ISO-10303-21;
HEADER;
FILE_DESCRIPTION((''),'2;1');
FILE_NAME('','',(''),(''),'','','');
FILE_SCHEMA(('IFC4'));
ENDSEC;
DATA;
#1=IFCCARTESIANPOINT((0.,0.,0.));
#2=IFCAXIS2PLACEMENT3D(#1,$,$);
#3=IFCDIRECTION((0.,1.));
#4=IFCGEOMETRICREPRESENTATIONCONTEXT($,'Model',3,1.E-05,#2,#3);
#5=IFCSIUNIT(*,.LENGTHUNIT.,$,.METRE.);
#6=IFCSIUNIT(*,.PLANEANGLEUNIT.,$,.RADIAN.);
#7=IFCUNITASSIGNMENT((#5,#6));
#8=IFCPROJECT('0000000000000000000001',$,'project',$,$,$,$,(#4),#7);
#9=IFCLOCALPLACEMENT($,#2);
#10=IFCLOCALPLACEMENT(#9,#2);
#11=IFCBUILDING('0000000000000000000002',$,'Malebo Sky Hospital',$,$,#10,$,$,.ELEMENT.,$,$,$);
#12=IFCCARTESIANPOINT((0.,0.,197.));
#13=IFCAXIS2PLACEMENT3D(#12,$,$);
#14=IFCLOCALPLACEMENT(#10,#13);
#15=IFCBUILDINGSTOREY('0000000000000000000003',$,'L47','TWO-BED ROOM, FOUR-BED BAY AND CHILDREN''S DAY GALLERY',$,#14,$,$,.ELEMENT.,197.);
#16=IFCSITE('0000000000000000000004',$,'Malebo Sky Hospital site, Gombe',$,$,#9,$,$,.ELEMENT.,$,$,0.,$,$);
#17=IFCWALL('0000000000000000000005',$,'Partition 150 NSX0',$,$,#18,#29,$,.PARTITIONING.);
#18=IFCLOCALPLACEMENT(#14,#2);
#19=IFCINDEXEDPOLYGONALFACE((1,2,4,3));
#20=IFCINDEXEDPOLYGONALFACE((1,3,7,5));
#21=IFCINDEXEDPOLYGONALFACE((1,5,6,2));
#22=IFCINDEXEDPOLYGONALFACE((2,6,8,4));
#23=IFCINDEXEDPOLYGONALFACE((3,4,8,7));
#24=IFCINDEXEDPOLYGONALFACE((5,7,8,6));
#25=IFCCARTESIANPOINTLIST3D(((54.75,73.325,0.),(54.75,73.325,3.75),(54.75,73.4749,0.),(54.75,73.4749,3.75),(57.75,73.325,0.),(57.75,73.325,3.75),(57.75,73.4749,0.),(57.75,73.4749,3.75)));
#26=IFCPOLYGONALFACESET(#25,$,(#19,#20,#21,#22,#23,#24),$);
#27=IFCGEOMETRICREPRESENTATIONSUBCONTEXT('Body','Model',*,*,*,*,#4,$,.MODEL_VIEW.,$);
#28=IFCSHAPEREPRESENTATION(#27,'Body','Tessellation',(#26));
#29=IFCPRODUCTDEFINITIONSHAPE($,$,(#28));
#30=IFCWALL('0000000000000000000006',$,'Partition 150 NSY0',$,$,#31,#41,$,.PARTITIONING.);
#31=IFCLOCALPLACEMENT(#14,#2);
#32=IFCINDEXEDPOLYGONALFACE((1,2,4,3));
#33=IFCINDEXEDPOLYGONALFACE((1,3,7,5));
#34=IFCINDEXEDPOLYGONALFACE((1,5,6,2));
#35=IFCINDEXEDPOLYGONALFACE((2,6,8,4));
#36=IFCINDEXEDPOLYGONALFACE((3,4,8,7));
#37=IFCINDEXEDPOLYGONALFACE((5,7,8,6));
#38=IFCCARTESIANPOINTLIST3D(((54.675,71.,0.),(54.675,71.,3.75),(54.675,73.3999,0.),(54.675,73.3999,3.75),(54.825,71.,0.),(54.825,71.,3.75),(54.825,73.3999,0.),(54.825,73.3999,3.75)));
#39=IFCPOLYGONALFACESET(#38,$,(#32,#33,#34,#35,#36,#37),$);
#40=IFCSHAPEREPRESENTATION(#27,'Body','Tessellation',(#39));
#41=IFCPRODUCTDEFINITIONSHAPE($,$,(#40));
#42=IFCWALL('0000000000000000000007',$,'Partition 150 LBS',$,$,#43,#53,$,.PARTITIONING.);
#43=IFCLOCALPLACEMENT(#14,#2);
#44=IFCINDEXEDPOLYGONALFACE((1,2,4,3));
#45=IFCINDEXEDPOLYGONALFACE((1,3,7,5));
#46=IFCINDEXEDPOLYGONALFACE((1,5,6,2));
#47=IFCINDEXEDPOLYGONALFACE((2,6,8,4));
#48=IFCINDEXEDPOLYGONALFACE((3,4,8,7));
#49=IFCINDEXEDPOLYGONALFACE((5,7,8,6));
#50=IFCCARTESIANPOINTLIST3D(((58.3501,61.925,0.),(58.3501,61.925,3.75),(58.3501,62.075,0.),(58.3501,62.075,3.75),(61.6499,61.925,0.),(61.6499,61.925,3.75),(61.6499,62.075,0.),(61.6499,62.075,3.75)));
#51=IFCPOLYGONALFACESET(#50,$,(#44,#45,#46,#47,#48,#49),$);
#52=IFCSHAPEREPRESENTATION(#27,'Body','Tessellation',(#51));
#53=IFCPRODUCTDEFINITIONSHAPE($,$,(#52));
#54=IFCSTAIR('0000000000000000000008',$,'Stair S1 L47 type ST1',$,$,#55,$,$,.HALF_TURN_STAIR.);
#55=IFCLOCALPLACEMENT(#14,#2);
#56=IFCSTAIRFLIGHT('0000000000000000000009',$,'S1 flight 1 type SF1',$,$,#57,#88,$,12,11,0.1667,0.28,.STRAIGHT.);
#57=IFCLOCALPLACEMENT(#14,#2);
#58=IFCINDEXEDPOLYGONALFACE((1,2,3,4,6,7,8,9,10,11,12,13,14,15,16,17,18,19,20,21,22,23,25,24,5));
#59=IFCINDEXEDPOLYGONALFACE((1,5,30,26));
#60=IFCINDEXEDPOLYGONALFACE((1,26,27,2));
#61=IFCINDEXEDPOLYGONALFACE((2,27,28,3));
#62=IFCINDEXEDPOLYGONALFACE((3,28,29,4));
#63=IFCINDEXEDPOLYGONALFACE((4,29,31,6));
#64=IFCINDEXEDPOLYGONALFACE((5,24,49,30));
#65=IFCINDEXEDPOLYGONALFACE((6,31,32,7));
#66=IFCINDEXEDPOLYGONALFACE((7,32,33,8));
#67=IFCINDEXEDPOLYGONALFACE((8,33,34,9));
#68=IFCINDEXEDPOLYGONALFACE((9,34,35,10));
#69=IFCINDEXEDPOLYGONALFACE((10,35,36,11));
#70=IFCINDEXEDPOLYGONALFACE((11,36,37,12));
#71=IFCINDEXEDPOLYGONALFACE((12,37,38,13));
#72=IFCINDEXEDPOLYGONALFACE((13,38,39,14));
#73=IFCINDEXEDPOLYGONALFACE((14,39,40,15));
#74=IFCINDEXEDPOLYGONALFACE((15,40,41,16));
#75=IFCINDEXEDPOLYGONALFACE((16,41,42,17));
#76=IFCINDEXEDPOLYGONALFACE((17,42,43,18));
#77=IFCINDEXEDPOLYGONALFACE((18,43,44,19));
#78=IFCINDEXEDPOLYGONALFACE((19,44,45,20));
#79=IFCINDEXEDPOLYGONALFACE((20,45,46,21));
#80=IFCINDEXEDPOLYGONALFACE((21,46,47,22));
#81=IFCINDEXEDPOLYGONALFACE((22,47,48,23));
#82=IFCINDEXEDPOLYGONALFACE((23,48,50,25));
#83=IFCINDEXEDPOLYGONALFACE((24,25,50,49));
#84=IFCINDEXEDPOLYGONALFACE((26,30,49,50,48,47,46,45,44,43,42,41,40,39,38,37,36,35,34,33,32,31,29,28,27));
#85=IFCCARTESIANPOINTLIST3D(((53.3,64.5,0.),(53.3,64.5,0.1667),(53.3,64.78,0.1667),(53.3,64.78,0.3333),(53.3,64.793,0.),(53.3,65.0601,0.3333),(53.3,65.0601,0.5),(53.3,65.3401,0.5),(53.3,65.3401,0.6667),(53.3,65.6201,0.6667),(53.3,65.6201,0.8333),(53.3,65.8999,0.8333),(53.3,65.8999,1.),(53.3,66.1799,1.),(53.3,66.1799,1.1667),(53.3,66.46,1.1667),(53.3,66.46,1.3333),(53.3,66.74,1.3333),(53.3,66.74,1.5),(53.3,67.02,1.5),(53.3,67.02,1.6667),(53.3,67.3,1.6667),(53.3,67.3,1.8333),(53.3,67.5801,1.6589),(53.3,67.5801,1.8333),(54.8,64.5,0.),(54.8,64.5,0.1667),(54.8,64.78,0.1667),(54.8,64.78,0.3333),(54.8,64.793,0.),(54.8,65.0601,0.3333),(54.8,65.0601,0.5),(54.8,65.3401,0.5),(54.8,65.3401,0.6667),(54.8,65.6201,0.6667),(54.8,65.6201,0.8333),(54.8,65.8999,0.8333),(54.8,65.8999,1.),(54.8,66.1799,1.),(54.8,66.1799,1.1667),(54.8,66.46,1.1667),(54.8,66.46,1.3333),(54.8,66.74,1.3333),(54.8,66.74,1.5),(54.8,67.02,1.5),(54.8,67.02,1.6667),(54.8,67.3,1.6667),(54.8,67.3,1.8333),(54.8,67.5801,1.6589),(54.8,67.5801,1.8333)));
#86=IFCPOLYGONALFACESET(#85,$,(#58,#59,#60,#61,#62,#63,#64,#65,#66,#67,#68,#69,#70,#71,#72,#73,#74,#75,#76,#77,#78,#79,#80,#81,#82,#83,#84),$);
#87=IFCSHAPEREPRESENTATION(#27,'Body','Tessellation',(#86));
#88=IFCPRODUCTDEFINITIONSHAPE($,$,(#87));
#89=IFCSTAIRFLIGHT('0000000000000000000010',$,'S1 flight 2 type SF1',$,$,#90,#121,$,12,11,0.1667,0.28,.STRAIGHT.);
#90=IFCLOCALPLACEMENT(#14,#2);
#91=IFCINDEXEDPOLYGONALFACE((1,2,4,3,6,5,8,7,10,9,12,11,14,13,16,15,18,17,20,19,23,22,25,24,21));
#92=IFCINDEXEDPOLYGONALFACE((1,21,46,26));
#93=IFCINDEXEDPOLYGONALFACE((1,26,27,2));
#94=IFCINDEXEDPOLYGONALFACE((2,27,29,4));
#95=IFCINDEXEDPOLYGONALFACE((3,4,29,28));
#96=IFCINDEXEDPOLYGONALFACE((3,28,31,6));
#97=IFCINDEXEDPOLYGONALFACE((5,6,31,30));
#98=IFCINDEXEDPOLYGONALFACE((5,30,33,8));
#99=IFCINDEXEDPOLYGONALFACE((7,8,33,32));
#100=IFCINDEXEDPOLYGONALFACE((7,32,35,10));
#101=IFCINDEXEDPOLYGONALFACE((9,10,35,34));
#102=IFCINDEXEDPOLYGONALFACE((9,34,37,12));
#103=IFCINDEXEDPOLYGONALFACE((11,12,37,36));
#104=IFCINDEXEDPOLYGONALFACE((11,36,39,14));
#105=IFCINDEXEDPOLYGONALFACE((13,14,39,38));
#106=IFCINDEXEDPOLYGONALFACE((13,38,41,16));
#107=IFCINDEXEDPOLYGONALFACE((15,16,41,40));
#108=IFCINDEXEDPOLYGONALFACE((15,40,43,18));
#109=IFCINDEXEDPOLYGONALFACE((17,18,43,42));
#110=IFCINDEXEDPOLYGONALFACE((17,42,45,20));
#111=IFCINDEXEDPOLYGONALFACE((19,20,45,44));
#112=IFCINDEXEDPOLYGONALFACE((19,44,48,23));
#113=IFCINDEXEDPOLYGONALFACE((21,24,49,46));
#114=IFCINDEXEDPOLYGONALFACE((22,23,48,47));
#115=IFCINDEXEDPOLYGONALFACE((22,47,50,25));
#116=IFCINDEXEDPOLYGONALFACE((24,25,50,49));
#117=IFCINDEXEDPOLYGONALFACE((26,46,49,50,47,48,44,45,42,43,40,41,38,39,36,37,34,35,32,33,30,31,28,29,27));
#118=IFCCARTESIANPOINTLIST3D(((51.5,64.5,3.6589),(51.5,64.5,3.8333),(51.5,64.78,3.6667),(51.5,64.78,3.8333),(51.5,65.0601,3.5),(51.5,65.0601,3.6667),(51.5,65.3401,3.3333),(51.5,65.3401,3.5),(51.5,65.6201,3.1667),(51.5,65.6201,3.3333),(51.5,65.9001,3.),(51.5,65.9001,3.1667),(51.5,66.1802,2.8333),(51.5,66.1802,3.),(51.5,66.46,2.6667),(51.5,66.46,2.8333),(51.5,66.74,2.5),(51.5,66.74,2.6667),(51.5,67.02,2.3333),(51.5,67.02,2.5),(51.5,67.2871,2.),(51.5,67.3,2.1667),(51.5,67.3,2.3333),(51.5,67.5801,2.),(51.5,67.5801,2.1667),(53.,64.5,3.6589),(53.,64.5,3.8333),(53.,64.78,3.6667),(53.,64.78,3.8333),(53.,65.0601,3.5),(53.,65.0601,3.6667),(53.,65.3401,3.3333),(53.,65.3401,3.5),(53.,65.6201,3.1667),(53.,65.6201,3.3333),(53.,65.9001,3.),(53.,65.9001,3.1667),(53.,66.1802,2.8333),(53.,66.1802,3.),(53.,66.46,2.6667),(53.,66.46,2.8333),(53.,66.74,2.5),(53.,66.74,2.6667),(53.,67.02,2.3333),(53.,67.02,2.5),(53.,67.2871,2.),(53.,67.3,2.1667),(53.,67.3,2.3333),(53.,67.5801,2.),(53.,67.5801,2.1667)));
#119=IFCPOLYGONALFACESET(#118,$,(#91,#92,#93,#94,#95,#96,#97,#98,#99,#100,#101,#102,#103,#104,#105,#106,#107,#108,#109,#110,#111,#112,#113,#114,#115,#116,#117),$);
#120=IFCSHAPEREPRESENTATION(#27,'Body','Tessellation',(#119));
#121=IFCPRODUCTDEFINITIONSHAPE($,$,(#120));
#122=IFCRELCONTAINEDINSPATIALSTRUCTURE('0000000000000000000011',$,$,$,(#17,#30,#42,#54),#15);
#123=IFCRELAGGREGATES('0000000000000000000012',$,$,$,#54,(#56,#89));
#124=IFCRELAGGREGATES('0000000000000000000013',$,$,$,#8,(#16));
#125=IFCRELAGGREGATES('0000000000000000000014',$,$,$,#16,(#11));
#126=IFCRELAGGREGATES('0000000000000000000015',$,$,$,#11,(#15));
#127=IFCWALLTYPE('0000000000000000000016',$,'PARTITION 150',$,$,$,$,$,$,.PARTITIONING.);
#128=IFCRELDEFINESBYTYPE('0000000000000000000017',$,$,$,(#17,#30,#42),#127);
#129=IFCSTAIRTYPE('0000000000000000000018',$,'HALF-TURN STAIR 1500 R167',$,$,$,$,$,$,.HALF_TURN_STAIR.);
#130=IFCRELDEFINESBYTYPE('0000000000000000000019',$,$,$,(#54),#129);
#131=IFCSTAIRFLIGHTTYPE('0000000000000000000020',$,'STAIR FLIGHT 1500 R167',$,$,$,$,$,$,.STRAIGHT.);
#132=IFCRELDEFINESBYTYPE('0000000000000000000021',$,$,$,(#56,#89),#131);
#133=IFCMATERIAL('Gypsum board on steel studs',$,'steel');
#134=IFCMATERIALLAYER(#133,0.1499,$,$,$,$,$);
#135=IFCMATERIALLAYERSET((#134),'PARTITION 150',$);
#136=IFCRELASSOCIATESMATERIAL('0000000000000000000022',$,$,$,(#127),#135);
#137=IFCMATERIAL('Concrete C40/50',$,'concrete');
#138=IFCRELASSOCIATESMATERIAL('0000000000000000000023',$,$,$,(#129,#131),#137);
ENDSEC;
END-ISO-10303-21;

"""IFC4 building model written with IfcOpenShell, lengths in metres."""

from ifc_helpers import new_model, si_unit, direction, frame, frame_2d, origin, place, context, subcontext, project, spatial, polyline, rectangle, outline, extrude, material, layer, layer_set, type_object, element, aggregate, save


model = new_model("IFC4")

# Units and contexts
model_context = context("Model", 3, precision=1e-05, world=origin(), true_north=direction((0.0, 1.0)))
body_context = subcontext(model_context, "Body", "Model", "MODEL_VIEW")
ifc_project = project(units=[si_unit("LENGTHUNIT", "METRE"), si_unit("PLANEANGLEUNIT", "RADIAN")], contexts=[model_context])

# Site, building, storey
site_placement = place(None, origin())
site = spatial("IfcSite", under=ifc_project, at=site_placement, Name="Malebo Sky Hospital site, Gombe", CompositionType="ELEMENT", RefElevation=0.0)
building_placement = place(site_placement, origin())
building = spatial("IfcBuilding", under=site, at=building_placement, Name="Malebo Sky Hospital", CompositionType="ELEMENT")
storey_placement = place(building_placement, frame((0.0, 0.0, 197.0)))
storey = spatial("IfcBuildingStorey", under=building, at=storey_placement, Name="L47", Description="TWO-BED ROOM, FOUR-BED BAY AND CHILDREN'S DAY GALLERY", CompositionType="ELEMENT", Elevation=197.0)

# Shared definitions
ifc_material_1 = material(Name="Gypsum board on steel studs", Category="steel")
ifc_layer_1 = layer(ifc_material_1, 0.1499)
ifc_layer_set_1 = layer_set([ifc_layer_1], Name="PARTITION 150")
wall_type_1 = type_object("IfcWallType", Name="PARTITION 150", PredefinedType="PARTITIONING", material=ifc_layer_set_1)

# Walls
wall_1_placement = place(storey_placement, frame((54.75, 73.3999, 0.0), z_axis=(0.0, 0.0, 1.0), x_axis=(1.0, 0.0, 0.0)))
element("IfcWall", 1, at=wall_1_placement, inside=storey, type_object=wall_type_1, Name="Partition 150 NSX0", PredefinedType="PARTITIONING", context=body_context, shape_type="SweptSolid", body=[
    extrude(rectangle(XDim=3.0, YDim=0.1499, at=frame_2d((1.5, 0.0))), origin(), (0.0, 0.0, 1.0), 3.75),
])
wall_2_placement = place(storey_placement, frame((54.75, 71.0, 0.0), z_axis=(0.0, 0.0, 1.0), x_axis=(0.0, 1.0, 0.0)))
element("IfcWall", 2, at=wall_2_placement, inside=storey, type_object=wall_type_1, Name="Partition 150 NSY0", PredefinedType="PARTITIONING", context=body_context, shape_type="SweptSolid", body=[
    extrude(rectangle(XDim=2.3999, YDim=0.1499, at=frame_2d((1.2, 0.0))), origin(), (0.0, 0.0, 1.0), 3.75),
])
wall_3_placement = place(storey_placement, frame((58.3501, 62.0, 0.0), z_axis=(0.0, 0.0, 1.0), x_axis=(1.0, 0.0, 0.0)))
element("IfcWall", 3, at=wall_3_placement, inside=storey, type_object=wall_type_1, Name="Partition 150 LBS", PredefinedType="PARTITIONING", context=body_context, shape_type="SweptSolid", body=[
    extrude(rectangle(XDim=3.2998, YDim=0.1499, at=frame_2d((1.6499, 0.0))), origin(), (0.0, 0.0, 1.0), 3.75),
])

# Stair, stair flights
ifc_material_2 = material(Name="Concrete C40/50", Category="concrete")
stair_type = type_object("IfcStairType", Name="HALF-TURN STAIR 1500 R167", PredefinedType="HALF_TURN_STAIR", material=ifc_material_2)
stair_placement = place(storey_placement, origin())
stair = element("IfcStair", 4, at=stair_placement, inside=storey, type_object=stair_type, Name="Stair S1 L47 type ST1", PredefinedType="HALF_TURN_STAIR")
stair_flight_type = type_object("IfcStairFlightType", Name="STAIR FLIGHT 1500 R167", PredefinedType="STRAIGHT", material=ifc_material_2)
stair_flight_1_placement = place(storey_placement, frame((54.05, 64.5, 0.0), z_axis=(0.0, 0.0, 1.0), x_axis=(0.0, 1.0, 0.0)))
stair_flight_1 = element("IfcStairFlight", 5, at=stair_flight_1_placement, type_object=stair_flight_type, Name="S1 flight 1 type SF1", NumberOfRisers=12, NumberOfTreads=11, PredefinedType="STRAIGHT", RiserHeight=0.1667, TreadLength=0.28, context=body_context, shape_type="SweptSolid", body=[
    extrude(outline(polyline([(0.0, 0.0), (0.0, 0.1667), (0.28, 0.1667), (0.28, 0.3333), (0.5601, 0.3333), (0.5601, 0.5), (0.8401, 0.5), (0.8401, 0.6667), (1.1201, 0.6667), (1.1201, 0.8333), (1.3999, 0.8333), (1.3999, 1.0), (1.6799, 1.0), (1.6799, 1.1667), (1.96, 1.1667), (1.96, 1.3333), (2.24, 1.3333), (2.24, 1.5), (2.52, 1.5), (2.52, 1.6667), (2.8, 1.6667), (2.8, 1.8333), (3.0801, 1.8333), (3.0801, 2.0), (3.0801, 1.6589), (0.293, 0.0), (0.0, 0.0)])), frame((0.0, 0.75, 0.0), z_axis=(0.0, -1.0, 0.0), x_axis=(1.0, 0.0, 0.0)), (0.0, 0.0, 1.0), 1.5),
])
stair_flight_2_placement = place(storey_placement, frame((52.25, 67.5801, 2.0), z_axis=(0.0, 0.0, 1.0), x_axis=(0.0, -1.0, 0.0)))
stair_flight_2 = element("IfcStairFlight", 6, at=stair_flight_2_placement, type_object=stair_flight_type, Name="S1 flight 2 type SF1", NumberOfRisers=12, NumberOfTreads=11, PredefinedType="STRAIGHT", RiserHeight=0.1667, TreadLength=0.28, context=body_context, shape_type="SweptSolid", body=[
    extrude(outline(polyline([(0.0, 0.0), (0.0, 0.1667), (0.28, 0.1667), (0.28, 0.3333), (0.5601, 0.3333), (0.5601, 0.5), (0.8401, 0.5), (0.8401, 0.6667), (1.1201, 0.6667), (1.1201, 0.8333), (1.3999, 0.8333), (1.3999, 1.0), (1.6799, 1.0), (1.6799, 1.1667), (1.96, 1.1667), (1.96, 1.3333), (2.24, 1.3333), (2.24, 1.5), (2.52, 1.5), (2.52, 1.6667), (2.8, 1.6667), (2.8, 1.8333), (3.0801, 1.8333), (3.0801, 2.0), (3.0801, 1.6589), (0.293, 0.0), (0.0, 0.0)])), frame((0.0, 0.75, 0.0), z_axis=(0.0, -1.0, 0.0), x_axis=(1.0, 0.0, 0.0)), (0.0, 0.0, 1.0), 1.5),
])
aggregate(stair, [stair_flight_1, stair_flight_2])

save(model, "model.ifc")
